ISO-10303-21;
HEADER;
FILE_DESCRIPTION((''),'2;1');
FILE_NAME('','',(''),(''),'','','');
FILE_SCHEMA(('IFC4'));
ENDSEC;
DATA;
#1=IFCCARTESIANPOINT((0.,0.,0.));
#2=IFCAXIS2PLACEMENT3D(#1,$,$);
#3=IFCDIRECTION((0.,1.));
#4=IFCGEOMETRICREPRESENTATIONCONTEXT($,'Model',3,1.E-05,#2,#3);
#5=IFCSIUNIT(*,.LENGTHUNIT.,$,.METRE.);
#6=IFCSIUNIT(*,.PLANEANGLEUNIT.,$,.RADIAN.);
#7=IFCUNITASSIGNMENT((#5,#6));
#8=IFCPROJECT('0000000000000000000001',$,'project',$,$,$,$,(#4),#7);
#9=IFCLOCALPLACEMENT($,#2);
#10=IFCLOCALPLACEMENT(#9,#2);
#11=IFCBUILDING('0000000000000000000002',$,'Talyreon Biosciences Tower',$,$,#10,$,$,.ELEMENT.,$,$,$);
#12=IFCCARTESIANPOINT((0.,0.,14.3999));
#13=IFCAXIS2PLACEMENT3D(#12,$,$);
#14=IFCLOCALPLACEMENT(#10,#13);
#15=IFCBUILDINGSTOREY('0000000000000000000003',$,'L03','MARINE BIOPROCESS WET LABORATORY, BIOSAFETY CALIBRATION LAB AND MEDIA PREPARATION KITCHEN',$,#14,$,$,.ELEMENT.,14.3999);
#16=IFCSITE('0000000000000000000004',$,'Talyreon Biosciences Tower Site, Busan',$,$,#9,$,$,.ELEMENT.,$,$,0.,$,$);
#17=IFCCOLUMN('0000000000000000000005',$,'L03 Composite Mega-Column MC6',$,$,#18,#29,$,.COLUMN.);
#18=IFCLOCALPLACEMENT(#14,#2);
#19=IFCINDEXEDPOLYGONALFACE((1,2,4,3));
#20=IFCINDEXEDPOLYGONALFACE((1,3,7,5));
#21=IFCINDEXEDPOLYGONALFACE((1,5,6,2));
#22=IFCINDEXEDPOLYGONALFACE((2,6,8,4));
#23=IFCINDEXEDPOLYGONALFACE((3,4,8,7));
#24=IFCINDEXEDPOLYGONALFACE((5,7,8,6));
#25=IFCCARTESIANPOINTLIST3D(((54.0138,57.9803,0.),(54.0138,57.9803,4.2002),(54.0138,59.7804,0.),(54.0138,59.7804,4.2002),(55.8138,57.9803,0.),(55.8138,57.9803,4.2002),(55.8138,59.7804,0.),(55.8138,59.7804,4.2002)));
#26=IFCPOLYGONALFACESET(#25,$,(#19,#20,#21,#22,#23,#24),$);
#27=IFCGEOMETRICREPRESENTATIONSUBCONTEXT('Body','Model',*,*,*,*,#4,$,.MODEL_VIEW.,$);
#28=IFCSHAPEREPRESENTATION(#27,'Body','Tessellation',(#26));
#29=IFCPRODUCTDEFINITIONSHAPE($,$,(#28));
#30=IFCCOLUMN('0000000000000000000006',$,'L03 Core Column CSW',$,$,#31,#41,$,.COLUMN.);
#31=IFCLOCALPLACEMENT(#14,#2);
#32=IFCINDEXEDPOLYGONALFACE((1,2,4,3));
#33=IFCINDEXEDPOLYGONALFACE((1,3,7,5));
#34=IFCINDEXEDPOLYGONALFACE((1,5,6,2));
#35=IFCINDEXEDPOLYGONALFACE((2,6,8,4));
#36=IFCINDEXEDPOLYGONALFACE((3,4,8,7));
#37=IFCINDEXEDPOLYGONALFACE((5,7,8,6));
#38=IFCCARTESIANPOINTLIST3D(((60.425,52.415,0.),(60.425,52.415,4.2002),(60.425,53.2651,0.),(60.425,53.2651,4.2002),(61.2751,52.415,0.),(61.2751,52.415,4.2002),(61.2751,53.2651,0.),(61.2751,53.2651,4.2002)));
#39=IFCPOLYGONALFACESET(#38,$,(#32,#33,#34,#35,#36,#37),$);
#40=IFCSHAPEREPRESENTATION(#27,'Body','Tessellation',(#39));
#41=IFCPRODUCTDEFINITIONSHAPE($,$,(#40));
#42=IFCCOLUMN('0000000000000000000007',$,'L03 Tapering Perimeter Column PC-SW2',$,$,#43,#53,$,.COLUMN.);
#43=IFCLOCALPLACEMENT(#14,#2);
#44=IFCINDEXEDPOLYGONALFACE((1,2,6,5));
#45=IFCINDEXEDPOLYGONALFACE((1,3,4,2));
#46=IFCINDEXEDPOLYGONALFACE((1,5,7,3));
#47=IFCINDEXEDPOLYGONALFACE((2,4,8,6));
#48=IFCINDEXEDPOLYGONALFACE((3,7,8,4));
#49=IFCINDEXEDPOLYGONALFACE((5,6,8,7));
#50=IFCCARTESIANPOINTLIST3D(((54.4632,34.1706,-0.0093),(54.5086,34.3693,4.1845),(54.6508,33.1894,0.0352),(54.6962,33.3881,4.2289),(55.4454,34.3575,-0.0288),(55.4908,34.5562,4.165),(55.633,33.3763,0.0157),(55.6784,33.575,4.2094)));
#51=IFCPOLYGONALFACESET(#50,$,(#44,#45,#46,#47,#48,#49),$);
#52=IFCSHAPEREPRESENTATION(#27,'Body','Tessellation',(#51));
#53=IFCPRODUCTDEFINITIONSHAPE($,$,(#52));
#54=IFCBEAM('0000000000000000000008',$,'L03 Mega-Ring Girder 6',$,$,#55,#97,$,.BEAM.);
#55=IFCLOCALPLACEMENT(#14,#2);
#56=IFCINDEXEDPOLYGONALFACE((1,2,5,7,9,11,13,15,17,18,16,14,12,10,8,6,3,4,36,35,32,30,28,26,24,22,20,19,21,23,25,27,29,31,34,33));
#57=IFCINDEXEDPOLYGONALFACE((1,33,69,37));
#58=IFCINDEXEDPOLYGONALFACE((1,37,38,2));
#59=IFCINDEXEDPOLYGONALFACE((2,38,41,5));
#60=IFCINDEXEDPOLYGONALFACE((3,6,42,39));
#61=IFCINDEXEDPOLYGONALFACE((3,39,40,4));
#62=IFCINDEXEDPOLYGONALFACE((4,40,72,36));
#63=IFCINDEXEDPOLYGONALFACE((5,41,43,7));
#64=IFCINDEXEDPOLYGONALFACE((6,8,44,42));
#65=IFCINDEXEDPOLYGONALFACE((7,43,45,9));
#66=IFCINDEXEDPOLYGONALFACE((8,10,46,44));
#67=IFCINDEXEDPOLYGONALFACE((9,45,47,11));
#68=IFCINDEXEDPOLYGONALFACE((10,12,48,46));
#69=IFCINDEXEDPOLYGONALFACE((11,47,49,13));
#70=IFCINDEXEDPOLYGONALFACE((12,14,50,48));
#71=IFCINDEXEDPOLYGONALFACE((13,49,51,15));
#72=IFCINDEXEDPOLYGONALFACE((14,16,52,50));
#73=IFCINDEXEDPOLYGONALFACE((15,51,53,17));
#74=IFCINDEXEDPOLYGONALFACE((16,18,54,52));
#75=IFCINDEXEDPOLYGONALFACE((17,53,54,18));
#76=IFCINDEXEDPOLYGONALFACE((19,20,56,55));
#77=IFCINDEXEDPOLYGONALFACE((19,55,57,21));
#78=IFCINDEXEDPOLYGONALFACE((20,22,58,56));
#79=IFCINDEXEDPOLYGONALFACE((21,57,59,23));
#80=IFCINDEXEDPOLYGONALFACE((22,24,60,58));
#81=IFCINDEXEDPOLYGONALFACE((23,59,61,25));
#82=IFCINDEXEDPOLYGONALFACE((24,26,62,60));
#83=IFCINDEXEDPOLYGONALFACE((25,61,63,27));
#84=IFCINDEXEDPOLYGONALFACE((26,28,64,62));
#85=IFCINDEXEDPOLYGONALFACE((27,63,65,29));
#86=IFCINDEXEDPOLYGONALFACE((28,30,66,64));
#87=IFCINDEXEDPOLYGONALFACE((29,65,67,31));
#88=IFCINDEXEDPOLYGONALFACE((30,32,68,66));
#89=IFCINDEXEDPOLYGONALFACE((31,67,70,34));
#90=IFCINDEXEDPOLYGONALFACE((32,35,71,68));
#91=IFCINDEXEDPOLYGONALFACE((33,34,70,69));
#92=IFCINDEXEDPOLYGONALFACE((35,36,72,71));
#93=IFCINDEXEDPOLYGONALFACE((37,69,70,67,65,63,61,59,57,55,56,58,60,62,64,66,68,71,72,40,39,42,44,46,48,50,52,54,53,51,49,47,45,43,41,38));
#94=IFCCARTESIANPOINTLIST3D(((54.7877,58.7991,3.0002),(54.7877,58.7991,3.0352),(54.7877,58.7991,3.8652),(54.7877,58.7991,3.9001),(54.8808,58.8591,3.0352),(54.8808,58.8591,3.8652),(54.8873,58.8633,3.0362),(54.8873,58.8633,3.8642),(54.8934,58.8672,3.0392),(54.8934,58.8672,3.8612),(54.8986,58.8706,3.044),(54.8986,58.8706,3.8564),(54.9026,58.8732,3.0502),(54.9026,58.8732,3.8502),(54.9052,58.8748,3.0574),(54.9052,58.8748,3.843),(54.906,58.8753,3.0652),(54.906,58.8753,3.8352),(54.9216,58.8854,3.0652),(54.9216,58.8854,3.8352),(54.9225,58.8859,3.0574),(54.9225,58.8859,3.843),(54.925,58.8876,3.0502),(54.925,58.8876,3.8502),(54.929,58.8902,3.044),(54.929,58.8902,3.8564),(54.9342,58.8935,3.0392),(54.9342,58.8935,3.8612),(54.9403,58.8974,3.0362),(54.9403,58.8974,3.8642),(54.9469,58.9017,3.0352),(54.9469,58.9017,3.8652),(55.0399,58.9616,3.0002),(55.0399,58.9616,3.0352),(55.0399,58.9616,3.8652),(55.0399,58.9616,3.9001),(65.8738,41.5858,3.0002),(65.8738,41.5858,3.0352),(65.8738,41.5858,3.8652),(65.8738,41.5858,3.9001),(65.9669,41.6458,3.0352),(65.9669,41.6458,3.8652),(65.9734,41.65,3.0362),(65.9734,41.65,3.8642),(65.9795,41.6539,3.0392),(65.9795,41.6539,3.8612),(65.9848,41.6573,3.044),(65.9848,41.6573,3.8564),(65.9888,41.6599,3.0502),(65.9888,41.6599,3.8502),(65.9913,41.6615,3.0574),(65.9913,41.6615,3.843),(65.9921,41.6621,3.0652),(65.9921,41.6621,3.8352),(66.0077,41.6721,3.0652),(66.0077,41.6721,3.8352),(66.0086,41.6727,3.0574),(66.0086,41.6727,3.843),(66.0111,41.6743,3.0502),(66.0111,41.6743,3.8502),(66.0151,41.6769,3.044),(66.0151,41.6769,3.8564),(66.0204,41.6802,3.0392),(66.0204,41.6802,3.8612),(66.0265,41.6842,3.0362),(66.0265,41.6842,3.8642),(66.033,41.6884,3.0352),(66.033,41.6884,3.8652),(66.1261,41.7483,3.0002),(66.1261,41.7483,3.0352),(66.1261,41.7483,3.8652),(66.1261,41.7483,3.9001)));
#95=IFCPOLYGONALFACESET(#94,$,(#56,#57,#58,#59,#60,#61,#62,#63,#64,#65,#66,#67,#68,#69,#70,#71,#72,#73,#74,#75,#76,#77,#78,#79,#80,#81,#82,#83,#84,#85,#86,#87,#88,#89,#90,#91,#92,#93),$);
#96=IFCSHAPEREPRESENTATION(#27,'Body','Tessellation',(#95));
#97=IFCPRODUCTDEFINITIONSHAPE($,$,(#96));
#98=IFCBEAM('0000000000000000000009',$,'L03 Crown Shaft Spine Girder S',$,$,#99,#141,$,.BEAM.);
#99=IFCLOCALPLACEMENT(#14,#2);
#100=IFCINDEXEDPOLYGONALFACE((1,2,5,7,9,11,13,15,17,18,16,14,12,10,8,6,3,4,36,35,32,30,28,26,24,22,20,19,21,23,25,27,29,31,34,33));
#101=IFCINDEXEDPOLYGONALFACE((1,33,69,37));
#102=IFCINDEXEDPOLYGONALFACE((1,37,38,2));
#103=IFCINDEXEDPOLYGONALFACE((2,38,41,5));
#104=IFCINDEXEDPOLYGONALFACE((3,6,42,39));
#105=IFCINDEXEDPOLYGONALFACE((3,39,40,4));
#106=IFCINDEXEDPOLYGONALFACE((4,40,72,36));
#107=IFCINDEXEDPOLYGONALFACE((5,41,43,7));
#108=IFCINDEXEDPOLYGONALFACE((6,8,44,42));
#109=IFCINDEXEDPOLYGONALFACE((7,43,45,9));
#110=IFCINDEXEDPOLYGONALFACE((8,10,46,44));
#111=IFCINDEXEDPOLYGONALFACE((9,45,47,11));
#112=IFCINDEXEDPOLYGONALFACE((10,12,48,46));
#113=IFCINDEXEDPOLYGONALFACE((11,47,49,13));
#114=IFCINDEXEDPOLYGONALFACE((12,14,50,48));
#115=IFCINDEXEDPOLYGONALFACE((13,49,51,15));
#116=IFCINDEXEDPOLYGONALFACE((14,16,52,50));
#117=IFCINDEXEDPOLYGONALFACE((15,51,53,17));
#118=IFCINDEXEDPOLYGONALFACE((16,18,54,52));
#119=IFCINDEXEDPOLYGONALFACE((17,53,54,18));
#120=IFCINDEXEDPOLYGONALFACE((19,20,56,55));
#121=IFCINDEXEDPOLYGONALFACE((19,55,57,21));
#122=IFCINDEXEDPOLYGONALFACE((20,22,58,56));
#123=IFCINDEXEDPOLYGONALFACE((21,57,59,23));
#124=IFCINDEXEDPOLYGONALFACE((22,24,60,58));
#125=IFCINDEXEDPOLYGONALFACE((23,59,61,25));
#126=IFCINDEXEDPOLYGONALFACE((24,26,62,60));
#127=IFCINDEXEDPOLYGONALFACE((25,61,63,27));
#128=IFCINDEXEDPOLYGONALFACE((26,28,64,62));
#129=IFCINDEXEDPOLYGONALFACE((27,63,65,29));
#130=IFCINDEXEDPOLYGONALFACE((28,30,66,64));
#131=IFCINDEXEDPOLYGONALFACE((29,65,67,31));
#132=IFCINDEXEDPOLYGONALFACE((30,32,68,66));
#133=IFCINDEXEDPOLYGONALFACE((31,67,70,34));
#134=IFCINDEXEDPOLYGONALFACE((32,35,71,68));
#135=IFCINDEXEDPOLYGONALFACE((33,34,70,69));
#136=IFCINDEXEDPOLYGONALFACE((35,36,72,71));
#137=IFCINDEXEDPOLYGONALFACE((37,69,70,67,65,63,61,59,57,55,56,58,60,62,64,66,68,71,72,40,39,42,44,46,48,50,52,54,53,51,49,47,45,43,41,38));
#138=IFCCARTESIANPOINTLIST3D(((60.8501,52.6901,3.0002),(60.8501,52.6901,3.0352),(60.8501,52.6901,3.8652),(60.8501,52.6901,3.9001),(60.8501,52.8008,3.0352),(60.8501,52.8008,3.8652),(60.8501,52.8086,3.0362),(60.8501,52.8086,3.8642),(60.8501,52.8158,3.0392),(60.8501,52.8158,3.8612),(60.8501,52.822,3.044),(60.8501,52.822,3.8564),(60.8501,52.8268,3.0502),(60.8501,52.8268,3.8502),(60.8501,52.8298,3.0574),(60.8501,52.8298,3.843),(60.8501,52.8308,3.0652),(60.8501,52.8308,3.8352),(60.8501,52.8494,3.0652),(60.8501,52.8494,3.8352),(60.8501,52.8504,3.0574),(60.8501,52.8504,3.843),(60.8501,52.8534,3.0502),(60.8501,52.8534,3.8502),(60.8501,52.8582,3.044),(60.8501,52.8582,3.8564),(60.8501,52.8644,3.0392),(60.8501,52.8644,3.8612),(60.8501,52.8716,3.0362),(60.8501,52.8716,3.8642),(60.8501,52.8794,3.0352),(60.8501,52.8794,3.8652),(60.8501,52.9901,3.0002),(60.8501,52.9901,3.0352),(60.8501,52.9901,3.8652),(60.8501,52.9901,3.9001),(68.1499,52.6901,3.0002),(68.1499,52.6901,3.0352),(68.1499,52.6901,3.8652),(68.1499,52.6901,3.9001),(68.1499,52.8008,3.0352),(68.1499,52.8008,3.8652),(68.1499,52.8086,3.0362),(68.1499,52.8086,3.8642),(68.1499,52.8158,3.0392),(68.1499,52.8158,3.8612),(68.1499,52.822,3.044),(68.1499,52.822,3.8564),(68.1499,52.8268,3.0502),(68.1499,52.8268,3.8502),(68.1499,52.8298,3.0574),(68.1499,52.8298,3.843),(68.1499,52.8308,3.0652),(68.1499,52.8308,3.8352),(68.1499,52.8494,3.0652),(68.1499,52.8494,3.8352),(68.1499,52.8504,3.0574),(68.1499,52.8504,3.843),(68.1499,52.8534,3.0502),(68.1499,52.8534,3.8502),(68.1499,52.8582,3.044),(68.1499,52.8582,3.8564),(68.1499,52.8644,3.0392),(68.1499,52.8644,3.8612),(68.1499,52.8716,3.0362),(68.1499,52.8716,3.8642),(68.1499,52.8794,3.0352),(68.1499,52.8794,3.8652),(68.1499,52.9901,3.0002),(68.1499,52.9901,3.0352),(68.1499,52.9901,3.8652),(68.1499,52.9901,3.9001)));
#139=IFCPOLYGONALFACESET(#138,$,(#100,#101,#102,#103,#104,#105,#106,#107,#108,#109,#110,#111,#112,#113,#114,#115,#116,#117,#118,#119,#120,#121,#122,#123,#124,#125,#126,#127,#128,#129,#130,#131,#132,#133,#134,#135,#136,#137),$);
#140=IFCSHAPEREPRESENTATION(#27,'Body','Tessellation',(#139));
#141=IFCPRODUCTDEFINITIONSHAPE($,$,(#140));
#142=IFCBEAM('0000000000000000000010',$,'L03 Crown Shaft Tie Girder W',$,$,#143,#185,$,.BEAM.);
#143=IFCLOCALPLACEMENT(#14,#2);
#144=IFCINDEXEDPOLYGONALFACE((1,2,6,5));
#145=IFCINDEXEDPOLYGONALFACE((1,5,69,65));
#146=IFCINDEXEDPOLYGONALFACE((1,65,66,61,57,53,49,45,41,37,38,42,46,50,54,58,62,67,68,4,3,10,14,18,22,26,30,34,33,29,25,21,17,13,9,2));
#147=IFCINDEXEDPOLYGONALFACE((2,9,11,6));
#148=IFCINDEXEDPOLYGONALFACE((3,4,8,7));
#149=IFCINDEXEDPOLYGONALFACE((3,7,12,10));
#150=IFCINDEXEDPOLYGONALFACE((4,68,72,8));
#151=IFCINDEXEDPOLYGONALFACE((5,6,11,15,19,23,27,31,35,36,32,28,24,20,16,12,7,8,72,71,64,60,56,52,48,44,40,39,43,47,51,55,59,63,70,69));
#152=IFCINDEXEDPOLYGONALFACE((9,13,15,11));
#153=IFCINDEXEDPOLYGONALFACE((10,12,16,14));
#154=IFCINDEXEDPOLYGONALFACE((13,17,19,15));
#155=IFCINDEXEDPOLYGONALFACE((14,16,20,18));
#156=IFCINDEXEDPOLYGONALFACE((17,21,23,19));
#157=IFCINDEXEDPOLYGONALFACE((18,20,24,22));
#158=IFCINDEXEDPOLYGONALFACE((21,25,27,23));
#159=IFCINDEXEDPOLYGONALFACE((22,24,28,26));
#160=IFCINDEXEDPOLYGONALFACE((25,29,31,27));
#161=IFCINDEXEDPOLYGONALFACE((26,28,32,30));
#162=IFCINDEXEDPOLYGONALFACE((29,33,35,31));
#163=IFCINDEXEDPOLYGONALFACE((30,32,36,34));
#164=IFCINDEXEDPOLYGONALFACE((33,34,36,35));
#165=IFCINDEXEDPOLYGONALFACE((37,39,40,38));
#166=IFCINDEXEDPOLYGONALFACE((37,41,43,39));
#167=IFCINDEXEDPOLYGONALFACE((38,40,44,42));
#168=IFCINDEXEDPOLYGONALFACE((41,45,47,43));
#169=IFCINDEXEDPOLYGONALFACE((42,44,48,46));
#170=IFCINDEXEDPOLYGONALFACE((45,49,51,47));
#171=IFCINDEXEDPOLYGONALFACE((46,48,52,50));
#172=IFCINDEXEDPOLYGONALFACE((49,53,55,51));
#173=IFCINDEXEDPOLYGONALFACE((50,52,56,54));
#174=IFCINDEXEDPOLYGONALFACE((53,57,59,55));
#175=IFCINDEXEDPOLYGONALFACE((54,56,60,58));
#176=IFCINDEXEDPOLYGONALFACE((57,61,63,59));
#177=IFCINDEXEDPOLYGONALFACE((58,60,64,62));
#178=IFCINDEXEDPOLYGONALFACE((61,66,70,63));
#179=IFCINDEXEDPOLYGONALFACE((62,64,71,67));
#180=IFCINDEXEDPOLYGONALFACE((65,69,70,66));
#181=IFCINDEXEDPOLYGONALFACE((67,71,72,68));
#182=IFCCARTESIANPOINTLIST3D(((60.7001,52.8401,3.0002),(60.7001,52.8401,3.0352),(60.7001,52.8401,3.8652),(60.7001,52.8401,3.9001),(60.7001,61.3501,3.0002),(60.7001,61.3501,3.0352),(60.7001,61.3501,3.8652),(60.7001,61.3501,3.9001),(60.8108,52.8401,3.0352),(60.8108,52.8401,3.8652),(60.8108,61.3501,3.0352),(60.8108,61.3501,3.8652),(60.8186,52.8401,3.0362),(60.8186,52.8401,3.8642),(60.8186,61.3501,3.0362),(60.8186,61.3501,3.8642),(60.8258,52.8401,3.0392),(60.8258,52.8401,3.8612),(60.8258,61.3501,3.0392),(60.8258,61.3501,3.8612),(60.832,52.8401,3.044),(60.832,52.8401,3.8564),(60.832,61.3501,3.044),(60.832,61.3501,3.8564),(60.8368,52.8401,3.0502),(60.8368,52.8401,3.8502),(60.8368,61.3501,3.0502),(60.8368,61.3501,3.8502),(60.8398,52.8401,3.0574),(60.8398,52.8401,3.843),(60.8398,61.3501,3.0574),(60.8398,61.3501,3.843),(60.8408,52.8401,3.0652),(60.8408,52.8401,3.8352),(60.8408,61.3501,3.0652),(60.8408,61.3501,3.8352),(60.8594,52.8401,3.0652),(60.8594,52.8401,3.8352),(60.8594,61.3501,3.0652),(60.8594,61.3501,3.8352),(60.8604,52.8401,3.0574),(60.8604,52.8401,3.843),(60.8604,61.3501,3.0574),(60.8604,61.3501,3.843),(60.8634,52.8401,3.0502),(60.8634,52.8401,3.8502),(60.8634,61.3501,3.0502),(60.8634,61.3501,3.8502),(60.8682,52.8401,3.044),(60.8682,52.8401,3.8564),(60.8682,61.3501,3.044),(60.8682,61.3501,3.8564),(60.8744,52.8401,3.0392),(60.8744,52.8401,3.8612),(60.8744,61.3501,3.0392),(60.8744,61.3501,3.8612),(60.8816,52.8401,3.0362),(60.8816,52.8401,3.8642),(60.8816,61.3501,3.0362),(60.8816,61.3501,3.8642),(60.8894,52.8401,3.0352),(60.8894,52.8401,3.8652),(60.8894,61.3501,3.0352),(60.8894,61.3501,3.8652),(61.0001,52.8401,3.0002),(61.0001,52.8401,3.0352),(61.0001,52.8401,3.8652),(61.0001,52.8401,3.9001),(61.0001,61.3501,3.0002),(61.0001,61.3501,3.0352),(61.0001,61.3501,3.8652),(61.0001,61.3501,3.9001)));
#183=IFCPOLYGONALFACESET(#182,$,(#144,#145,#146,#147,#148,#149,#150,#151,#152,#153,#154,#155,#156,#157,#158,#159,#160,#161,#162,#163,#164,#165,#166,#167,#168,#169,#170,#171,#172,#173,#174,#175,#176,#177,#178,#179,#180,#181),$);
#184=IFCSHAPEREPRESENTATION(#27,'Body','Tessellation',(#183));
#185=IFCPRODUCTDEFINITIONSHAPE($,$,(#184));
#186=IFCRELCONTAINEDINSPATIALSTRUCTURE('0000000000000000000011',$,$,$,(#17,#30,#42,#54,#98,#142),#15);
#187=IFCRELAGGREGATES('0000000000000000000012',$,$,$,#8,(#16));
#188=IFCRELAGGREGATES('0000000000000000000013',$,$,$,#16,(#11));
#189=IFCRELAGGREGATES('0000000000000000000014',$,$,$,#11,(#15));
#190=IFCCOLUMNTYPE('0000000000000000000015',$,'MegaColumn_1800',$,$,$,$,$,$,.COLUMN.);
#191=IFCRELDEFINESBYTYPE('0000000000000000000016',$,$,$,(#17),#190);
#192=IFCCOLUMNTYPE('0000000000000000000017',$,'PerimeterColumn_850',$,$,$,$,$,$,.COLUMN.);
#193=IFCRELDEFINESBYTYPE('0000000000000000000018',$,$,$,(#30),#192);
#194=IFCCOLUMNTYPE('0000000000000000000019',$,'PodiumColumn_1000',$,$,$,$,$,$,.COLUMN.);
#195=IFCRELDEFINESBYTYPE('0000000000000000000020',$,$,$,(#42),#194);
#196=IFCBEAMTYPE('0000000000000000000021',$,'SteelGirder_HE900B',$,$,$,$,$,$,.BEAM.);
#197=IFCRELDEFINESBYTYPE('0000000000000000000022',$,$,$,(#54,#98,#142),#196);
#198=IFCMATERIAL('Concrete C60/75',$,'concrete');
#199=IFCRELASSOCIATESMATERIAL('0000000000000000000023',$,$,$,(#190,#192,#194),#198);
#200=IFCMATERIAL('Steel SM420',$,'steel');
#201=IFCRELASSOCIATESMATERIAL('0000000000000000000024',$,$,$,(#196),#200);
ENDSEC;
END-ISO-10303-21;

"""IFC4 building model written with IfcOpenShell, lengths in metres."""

from ifc_helpers import new_model, si_unit, direction, frame, origin, origin_2d, place, context, subcontext, project, spatial, rectangle, i_section, extrude, material, material_profile, profile_set, type_object, element, save


model = new_model("IFC4")

# Units and contexts
model_context = context("Model", 3, precision=1e-05, world=origin(), true_north=direction((0.0, 1.0)))
body_context = subcontext(model_context, "Body", "Model", "MODEL_VIEW")
ifc_project = project(units=[si_unit("LENGTHUNIT", "METRE"), si_unit("PLANEANGLEUNIT", "RADIAN")], contexts=[model_context])

# Site, building, storey
site_placement = place(None, origin())
site = spatial("IfcSite", under=ifc_project, at=site_placement, Name="Talyreon Biosciences Tower Site, Busan", CompositionType="ELEMENT", RefElevation=0.0)
building_placement = place(site_placement, origin())
building = spatial("IfcBuilding", under=site, at=building_placement, Name="Talyreon Biosciences Tower", CompositionType="ELEMENT")
storey_placement = place(building_placement, frame((0.0, 0.0, 14.3999)))
storey = spatial("IfcBuildingStorey", under=building, at=storey_placement, Name="L03", Description="MARINE BIOPROCESS WET LABORATORY, BIOSAFETY CALIBRATION LAB AND MEDIA PREPARATION KITCHEN", CompositionType="ELEMENT", Elevation=14.3999)

# Columns
ifc_material_1 = material(Name="Concrete C60/75", Category="concrete")
ifc_material_profile_1 = material_profile(ifc_material_1, rectangle(XDim=1.8, YDim=1.8, at=origin_2d()), Name="RC 1800x1800")
ifc_profile_set_1 = profile_set([ifc_material_profile_1], Name="Concrete C60/75")
column_type_1 = type_object("IfcColumnType", Name="MegaColumn_1800", PredefinedType="COLUMN", material=ifc_profile_set_1)
column_1_placement = place(storey_placement, frame((54.9138, 58.8804, 0.0), z_axis=(0.0, 0.0, 1.0), x_axis=(1.0, 0.0, 0.0)))
element("IfcColumn", 1, at=column_1_placement, inside=storey, type_object=column_type_1, Name="L03 Composite Mega-Column MC6", PredefinedType="COLUMN", context=body_context, shape_type="SweptSolid", body=[
    extrude(rectangle(XDim=1.8, YDim=1.8, at=origin_2d()), origin(), (0.0, 0.0, 1.0), 4.2002),
])
ifc_material_profile_2 = material_profile(ifc_material_1, rectangle(XDim=0.8501, YDim=0.8501, at=origin_2d()), Name="RC 850x850")
ifc_profile_set_2 = profile_set([ifc_material_profile_2], Name="Concrete C60/75")
column_type_2 = type_object("IfcColumnType", Name="PerimeterColumn_850", PredefinedType="COLUMN", material=ifc_profile_set_2)
column_2_placement = place(storey_placement, frame((60.8501, 52.8401, 0.0), z_axis=(0.0, 0.0, 1.0), x_axis=(1.0, 0.0, 0.0)))
element("IfcColumn", 2, at=column_2_placement, inside=storey, type_object=column_type_2, Name="L03 Core Column CSW", PredefinedType="COLUMN", context=body_context, shape_type="SweptSolid", body=[
    extrude(rectangle(XDim=0.8501, YDim=0.8501, at=origin_2d()), origin(), (0.0, 0.0, 1.0), 4.2002),
])
ifc_material_profile_3 = material_profile(ifc_material_1, rectangle(XDim=1.0, YDim=1.0, at=origin_2d()), Name="RC 1000x1000")
ifc_profile_set_3 = profile_set([ifc_material_profile_3], Name="Concrete C60/75")
column_type_3 = type_object("IfcColumnType", Name="PodiumColumn_1000", PredefinedType="COLUMN", material=ifc_profile_set_3)
column_3_placement = place(storey_placement, frame((55.0481, 33.7734, 0.0032), z_axis=(0.010815, 0.04733, 0.998821), x_axis=(-0.187602, 0.981238, -0.044466)))
element("IfcColumn", 3, at=column_3_placement, inside=storey, type_object=column_type_3, Name="L03 Tapering Perimeter Column PC-SW2", PredefinedType="COLUMN", context=body_context, shape_type="SweptSolid", body=[
    extrude(rectangle(XDim=1.0, YDim=1.0, at=origin_2d()), origin(), (0.0, 0.0, 1.0), 4.1987),
])

# Beams
ifc_material_2 = material(Name="Steel SM420", Category="steel")
ifc_material_profile_4 = material_profile(ifc_material_2, i_section(OverallWidth=0.3, OverallDepth=0.8999, WebThickness=0.0186, FlangeThickness=0.0349, FilletRadius=0.03, at=origin_2d()), Name="HE900B")
ifc_profile_set_4 = profile_set([ifc_material_profile_4], Name="Steel SM420")
beam_type = type_object("IfcBeamType", Name="SteelGirder_HE900B", PredefinedType="BEAM", material=ifc_profile_set_4)
beam_1_placement = place(storey_placement, frame((54.9138, 58.8804, 3.4502), z_axis=(0.541464, -0.840724, 0.0), x_axis=(0.840724, 0.541464, 0.0)))
element("IfcBeam", 4, at=beam_1_placement, inside=storey, type_object=beam_type, Name="L03 Mega-Ring Girder 6", PredefinedType="BEAM", context=body_context, shape_type="SweptSolid", body=[
    extrude(i_section(OverallWidth=0.3, OverallDepth=0.8999, WebThickness=0.0186, FlangeThickness=0.0349, FilletRadius=0.03, at=origin_2d()), origin(), (0.0, 0.0, 1.0), 20.4744),
])
beam_2_placement = place(storey_placement, frame((60.8501, 52.8401, 3.4502), z_axis=(1.0, 0.0, 0.0), x_axis=(0.0, 1.0, 0.0)))
element("IfcBeam", 5, at=beam_2_placement, inside=storey, type_object=beam_type, Name="L03 Crown Shaft Spine Girder S", PredefinedType="BEAM", context=body_context, shape_type="SweptSolid", body=[
    extrude(i_section(OverallWidth=0.3, OverallDepth=0.8999, WebThickness=0.0186, FlangeThickness=0.0349, FilletRadius=0.03, at=origin_2d()), origin(), (0.0, 0.0, 1.0), 7.2998),
])
beam_3_placement = place(storey_placement, frame((60.8501, 52.8401, 3.4502), z_axis=(0.0, 1.0, 0.0), x_axis=(-1.0, 0.0, 0.0)))
element("IfcBeam", 6, at=beam_3_placement, inside=storey, type_object=beam_type, Name="L03 Crown Shaft Tie Girder W", PredefinedType="BEAM", context=body_context, shape_type="SweptSolid", body=[
    extrude(i_section(OverallWidth=0.3, OverallDepth=0.8999, WebThickness=0.0186, FlangeThickness=0.0349, FilletRadius=0.03, at=origin_2d()), origin(), (0.0, 0.0, 1.0), 8.51),
])

save(model, "model.ifc")
